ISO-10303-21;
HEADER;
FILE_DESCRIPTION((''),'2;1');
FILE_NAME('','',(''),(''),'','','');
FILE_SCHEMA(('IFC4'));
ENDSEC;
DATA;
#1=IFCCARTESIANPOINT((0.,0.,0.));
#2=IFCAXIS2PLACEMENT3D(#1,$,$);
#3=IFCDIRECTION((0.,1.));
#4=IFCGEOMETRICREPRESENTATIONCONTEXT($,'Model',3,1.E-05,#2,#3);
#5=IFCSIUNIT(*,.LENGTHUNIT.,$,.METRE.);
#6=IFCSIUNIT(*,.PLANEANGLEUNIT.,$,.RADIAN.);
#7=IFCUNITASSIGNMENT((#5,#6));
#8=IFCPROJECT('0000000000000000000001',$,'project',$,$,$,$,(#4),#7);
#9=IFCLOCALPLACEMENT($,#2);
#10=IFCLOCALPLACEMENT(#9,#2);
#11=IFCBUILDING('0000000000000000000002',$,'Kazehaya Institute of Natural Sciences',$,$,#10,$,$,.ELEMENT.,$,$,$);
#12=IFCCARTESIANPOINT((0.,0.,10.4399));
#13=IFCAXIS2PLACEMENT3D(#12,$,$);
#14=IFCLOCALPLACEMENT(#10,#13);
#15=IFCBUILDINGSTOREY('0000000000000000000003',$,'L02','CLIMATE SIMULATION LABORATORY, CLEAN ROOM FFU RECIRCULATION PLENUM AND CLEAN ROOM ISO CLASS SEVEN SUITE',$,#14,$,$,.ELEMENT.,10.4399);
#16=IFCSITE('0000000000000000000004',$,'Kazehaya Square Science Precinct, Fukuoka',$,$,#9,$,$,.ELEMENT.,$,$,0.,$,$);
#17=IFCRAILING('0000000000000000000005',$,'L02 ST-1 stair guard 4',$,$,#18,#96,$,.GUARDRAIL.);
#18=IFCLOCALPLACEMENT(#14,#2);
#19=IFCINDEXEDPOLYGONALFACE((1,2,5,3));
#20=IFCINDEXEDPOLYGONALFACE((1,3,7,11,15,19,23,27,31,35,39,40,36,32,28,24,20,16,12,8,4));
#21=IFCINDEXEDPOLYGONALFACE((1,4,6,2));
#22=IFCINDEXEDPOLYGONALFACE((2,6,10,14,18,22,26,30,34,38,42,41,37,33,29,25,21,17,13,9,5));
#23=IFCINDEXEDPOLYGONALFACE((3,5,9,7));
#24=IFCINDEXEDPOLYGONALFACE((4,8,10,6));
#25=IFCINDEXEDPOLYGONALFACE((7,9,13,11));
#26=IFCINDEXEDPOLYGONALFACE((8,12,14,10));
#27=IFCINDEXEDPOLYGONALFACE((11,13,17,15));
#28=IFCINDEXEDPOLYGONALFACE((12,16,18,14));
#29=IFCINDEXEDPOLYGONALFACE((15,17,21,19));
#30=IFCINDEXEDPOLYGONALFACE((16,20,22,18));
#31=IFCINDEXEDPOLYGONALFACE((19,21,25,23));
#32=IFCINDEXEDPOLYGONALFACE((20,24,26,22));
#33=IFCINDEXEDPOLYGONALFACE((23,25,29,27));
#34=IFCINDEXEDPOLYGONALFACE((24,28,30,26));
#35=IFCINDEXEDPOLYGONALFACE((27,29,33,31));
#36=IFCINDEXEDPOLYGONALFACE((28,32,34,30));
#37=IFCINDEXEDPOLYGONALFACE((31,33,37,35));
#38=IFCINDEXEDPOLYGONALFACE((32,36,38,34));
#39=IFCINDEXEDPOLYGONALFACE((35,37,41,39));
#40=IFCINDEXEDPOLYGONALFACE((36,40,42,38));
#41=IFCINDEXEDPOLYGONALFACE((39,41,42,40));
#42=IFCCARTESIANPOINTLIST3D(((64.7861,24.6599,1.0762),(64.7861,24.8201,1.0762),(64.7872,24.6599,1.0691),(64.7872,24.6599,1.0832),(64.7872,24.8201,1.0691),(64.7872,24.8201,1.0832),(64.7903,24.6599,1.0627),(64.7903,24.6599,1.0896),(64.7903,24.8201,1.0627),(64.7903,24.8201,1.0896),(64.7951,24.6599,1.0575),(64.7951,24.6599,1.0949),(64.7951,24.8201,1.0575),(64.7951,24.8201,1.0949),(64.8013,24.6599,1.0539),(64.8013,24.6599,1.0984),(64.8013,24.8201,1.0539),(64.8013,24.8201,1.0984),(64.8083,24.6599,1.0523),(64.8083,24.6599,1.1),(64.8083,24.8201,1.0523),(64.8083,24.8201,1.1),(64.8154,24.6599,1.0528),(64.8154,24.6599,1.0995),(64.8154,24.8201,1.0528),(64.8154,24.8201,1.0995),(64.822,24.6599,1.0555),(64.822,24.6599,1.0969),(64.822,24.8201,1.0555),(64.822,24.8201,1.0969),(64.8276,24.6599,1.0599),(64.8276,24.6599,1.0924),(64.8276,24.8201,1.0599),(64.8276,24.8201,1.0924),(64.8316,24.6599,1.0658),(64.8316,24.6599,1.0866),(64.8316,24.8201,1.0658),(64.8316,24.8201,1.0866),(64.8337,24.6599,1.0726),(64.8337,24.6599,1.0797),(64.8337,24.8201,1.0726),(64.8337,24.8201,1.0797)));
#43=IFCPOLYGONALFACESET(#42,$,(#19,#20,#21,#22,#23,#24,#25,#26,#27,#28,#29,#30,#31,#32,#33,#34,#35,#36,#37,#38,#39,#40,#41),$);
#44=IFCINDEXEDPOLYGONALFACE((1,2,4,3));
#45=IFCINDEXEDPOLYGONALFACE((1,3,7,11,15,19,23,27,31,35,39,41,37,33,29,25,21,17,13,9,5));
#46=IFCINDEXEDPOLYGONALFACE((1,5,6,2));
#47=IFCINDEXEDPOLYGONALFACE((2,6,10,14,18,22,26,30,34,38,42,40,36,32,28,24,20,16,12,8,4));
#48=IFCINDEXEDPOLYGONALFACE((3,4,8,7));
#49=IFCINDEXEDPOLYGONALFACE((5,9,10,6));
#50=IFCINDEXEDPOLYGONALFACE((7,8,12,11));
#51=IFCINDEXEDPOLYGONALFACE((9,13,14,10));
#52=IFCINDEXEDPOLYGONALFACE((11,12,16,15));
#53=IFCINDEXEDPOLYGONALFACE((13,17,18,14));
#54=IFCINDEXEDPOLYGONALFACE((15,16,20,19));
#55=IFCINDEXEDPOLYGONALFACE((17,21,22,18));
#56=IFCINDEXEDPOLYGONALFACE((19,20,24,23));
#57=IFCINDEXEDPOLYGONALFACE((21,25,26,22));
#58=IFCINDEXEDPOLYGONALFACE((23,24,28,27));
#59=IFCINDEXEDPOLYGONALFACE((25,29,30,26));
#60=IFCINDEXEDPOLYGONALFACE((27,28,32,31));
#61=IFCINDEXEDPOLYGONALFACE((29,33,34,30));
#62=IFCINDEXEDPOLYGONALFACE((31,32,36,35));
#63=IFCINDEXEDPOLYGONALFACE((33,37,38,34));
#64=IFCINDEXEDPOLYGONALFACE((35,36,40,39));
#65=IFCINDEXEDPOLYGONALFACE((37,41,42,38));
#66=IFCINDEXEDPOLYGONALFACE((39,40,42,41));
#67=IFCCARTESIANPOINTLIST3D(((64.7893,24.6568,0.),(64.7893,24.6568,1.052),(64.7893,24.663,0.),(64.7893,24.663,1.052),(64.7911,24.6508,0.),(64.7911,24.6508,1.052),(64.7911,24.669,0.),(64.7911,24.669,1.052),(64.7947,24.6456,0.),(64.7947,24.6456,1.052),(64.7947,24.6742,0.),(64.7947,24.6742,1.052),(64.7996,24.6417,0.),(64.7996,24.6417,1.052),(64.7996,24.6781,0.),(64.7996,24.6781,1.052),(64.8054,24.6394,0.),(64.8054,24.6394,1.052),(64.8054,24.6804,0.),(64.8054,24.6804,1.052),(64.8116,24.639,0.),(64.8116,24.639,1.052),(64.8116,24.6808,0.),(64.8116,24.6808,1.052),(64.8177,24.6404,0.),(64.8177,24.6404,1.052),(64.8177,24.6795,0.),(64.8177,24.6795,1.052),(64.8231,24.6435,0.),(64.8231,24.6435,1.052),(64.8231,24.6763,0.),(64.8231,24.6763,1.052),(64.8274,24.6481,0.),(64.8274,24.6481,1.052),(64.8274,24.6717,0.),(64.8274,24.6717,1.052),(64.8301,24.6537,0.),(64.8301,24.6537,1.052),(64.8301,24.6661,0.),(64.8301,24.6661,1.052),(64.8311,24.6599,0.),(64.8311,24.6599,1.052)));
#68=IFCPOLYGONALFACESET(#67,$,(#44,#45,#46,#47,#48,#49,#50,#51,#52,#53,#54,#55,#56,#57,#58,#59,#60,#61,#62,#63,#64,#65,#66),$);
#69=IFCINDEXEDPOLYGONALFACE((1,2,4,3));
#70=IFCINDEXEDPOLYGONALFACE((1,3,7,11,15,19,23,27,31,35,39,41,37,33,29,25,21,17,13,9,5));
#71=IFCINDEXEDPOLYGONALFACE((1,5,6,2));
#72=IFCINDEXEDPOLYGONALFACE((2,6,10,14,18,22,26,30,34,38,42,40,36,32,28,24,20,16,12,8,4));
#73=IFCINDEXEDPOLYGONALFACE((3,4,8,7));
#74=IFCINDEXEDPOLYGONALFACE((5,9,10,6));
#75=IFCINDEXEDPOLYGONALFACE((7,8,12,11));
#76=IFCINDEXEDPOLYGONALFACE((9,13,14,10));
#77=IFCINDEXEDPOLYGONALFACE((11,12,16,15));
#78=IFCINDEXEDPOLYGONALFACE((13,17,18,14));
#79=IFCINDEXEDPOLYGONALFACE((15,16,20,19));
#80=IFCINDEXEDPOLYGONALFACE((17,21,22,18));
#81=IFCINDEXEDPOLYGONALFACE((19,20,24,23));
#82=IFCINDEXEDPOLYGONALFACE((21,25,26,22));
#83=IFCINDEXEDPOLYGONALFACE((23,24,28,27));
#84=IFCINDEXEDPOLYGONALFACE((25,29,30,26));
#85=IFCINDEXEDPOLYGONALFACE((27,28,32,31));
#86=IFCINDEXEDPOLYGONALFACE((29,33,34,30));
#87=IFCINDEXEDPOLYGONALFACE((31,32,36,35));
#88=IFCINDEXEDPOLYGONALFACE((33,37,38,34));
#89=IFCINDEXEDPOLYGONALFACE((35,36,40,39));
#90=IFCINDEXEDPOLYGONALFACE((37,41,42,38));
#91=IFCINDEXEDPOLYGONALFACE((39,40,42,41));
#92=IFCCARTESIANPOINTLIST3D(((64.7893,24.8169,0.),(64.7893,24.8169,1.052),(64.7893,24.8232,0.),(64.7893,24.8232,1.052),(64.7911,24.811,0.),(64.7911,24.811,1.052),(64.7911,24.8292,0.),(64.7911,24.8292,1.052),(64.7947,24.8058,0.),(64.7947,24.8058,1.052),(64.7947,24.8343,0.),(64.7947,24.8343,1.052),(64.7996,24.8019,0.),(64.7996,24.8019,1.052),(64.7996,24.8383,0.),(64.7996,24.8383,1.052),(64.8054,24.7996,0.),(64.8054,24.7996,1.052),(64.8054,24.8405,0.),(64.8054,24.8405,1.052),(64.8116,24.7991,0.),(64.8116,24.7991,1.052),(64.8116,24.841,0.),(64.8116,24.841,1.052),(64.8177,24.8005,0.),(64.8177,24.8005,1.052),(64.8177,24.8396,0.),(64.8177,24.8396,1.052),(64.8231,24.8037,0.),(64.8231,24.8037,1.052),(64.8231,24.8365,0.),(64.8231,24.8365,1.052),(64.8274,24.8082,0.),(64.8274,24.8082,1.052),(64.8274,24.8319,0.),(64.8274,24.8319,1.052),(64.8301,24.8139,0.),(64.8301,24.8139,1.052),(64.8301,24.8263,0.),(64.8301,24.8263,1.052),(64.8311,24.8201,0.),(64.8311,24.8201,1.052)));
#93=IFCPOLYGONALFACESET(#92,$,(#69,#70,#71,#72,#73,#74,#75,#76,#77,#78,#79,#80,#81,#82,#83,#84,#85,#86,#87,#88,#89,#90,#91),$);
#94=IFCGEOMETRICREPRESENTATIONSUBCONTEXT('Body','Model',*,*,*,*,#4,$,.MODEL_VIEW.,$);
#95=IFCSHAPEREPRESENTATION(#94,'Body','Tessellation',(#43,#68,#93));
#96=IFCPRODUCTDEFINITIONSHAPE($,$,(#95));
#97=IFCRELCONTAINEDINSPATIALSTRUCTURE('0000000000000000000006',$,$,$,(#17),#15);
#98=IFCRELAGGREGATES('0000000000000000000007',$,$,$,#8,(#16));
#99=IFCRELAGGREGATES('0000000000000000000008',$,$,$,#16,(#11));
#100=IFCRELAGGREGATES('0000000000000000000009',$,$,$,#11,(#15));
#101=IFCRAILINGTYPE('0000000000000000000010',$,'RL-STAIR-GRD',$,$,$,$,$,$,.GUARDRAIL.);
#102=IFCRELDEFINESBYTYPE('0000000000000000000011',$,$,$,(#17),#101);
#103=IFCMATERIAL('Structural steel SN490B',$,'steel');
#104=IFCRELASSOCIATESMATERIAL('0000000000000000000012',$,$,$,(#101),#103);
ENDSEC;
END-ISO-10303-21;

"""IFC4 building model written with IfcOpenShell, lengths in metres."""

from ifc_helpers import new_model, si_unit, direction, frame, origin, origin_2d, place, context, subcontext, project, spatial, circle, extrude, material, type_object, element, save


model = new_model("IFC4")

# Units and contexts
model_context = context("Model", 3, precision=1e-05, world=origin(), true_north=direction((0.0, 1.0)))
body_context = subcontext(model_context, "Body", "Model", "MODEL_VIEW")
ifc_project = project(units=[si_unit("LENGTHUNIT", "METRE"), si_unit("PLANEANGLEUNIT", "RADIAN")], contexts=[model_context])

# Site, building, storey
site_placement = place(None, origin())
site = spatial("IfcSite", under=ifc_project, at=site_placement, Name="Kazehaya Square Science Precinct, Fukuoka", CompositionType="ELEMENT", RefElevation=0.0)
building_placement = place(site_placement, origin())
building = spatial("IfcBuilding", under=site, at=building_placement, Name="Kazehaya Institute of Natural Sciences", CompositionType="ELEMENT")
storey_placement = place(building_placement, frame((0.0, 0.0, 10.4399)))
storey = spatial("IfcBuildingStorey", under=building, at=storey_placement, Name="L02", Description="CLIMATE SIMULATION LABORATORY, CLEAN ROOM FFU RECIRCULATION PLENUM AND CLEAN ROOM ISO CLASS SEVEN SUITE", CompositionType="ELEMENT", Elevation=10.4399)

# Railing
ifc_material_1 = material(Name="Structural steel SN490B", Category="steel")
railing_type_1 = type_object("IfcRailingType", Name="RL-STAIR-GRD", PredefinedType="GUARDRAIL", material=ifc_material_1)
railing_1_placement = place(storey_placement, frame((64.8101, 24.6599, 0.0)))
element("IfcRailing", 1, at=railing_1_placement, inside=storey, type_object=railing_type_1, Name="L02 ST-1 stair guard 4", PredefinedType="GUARDRAIL", context=body_context, shape_type="SweptSolid", body=[
    extrude(circle(Radius=0.0239, at=origin_2d()), frame((0.0, 0.0, 1.0762), z_axis=(0.0, 1.0, 0.0), x_axis=(-1.0, 0.0, 0.0)), (0.0, 0.0, 1.0), 0.1602),
    extrude(circle(Radius=0.021, at=origin_2d()), origin(), (0.0, 0.0, 1.0), 1.052),
    extrude(circle(Radius=0.021, at=origin_2d()), frame((0.0, 0.1602, 0.0)), (0.0, 0.0, 1.0), 1.052),
])

save(model, "model.ifc")
